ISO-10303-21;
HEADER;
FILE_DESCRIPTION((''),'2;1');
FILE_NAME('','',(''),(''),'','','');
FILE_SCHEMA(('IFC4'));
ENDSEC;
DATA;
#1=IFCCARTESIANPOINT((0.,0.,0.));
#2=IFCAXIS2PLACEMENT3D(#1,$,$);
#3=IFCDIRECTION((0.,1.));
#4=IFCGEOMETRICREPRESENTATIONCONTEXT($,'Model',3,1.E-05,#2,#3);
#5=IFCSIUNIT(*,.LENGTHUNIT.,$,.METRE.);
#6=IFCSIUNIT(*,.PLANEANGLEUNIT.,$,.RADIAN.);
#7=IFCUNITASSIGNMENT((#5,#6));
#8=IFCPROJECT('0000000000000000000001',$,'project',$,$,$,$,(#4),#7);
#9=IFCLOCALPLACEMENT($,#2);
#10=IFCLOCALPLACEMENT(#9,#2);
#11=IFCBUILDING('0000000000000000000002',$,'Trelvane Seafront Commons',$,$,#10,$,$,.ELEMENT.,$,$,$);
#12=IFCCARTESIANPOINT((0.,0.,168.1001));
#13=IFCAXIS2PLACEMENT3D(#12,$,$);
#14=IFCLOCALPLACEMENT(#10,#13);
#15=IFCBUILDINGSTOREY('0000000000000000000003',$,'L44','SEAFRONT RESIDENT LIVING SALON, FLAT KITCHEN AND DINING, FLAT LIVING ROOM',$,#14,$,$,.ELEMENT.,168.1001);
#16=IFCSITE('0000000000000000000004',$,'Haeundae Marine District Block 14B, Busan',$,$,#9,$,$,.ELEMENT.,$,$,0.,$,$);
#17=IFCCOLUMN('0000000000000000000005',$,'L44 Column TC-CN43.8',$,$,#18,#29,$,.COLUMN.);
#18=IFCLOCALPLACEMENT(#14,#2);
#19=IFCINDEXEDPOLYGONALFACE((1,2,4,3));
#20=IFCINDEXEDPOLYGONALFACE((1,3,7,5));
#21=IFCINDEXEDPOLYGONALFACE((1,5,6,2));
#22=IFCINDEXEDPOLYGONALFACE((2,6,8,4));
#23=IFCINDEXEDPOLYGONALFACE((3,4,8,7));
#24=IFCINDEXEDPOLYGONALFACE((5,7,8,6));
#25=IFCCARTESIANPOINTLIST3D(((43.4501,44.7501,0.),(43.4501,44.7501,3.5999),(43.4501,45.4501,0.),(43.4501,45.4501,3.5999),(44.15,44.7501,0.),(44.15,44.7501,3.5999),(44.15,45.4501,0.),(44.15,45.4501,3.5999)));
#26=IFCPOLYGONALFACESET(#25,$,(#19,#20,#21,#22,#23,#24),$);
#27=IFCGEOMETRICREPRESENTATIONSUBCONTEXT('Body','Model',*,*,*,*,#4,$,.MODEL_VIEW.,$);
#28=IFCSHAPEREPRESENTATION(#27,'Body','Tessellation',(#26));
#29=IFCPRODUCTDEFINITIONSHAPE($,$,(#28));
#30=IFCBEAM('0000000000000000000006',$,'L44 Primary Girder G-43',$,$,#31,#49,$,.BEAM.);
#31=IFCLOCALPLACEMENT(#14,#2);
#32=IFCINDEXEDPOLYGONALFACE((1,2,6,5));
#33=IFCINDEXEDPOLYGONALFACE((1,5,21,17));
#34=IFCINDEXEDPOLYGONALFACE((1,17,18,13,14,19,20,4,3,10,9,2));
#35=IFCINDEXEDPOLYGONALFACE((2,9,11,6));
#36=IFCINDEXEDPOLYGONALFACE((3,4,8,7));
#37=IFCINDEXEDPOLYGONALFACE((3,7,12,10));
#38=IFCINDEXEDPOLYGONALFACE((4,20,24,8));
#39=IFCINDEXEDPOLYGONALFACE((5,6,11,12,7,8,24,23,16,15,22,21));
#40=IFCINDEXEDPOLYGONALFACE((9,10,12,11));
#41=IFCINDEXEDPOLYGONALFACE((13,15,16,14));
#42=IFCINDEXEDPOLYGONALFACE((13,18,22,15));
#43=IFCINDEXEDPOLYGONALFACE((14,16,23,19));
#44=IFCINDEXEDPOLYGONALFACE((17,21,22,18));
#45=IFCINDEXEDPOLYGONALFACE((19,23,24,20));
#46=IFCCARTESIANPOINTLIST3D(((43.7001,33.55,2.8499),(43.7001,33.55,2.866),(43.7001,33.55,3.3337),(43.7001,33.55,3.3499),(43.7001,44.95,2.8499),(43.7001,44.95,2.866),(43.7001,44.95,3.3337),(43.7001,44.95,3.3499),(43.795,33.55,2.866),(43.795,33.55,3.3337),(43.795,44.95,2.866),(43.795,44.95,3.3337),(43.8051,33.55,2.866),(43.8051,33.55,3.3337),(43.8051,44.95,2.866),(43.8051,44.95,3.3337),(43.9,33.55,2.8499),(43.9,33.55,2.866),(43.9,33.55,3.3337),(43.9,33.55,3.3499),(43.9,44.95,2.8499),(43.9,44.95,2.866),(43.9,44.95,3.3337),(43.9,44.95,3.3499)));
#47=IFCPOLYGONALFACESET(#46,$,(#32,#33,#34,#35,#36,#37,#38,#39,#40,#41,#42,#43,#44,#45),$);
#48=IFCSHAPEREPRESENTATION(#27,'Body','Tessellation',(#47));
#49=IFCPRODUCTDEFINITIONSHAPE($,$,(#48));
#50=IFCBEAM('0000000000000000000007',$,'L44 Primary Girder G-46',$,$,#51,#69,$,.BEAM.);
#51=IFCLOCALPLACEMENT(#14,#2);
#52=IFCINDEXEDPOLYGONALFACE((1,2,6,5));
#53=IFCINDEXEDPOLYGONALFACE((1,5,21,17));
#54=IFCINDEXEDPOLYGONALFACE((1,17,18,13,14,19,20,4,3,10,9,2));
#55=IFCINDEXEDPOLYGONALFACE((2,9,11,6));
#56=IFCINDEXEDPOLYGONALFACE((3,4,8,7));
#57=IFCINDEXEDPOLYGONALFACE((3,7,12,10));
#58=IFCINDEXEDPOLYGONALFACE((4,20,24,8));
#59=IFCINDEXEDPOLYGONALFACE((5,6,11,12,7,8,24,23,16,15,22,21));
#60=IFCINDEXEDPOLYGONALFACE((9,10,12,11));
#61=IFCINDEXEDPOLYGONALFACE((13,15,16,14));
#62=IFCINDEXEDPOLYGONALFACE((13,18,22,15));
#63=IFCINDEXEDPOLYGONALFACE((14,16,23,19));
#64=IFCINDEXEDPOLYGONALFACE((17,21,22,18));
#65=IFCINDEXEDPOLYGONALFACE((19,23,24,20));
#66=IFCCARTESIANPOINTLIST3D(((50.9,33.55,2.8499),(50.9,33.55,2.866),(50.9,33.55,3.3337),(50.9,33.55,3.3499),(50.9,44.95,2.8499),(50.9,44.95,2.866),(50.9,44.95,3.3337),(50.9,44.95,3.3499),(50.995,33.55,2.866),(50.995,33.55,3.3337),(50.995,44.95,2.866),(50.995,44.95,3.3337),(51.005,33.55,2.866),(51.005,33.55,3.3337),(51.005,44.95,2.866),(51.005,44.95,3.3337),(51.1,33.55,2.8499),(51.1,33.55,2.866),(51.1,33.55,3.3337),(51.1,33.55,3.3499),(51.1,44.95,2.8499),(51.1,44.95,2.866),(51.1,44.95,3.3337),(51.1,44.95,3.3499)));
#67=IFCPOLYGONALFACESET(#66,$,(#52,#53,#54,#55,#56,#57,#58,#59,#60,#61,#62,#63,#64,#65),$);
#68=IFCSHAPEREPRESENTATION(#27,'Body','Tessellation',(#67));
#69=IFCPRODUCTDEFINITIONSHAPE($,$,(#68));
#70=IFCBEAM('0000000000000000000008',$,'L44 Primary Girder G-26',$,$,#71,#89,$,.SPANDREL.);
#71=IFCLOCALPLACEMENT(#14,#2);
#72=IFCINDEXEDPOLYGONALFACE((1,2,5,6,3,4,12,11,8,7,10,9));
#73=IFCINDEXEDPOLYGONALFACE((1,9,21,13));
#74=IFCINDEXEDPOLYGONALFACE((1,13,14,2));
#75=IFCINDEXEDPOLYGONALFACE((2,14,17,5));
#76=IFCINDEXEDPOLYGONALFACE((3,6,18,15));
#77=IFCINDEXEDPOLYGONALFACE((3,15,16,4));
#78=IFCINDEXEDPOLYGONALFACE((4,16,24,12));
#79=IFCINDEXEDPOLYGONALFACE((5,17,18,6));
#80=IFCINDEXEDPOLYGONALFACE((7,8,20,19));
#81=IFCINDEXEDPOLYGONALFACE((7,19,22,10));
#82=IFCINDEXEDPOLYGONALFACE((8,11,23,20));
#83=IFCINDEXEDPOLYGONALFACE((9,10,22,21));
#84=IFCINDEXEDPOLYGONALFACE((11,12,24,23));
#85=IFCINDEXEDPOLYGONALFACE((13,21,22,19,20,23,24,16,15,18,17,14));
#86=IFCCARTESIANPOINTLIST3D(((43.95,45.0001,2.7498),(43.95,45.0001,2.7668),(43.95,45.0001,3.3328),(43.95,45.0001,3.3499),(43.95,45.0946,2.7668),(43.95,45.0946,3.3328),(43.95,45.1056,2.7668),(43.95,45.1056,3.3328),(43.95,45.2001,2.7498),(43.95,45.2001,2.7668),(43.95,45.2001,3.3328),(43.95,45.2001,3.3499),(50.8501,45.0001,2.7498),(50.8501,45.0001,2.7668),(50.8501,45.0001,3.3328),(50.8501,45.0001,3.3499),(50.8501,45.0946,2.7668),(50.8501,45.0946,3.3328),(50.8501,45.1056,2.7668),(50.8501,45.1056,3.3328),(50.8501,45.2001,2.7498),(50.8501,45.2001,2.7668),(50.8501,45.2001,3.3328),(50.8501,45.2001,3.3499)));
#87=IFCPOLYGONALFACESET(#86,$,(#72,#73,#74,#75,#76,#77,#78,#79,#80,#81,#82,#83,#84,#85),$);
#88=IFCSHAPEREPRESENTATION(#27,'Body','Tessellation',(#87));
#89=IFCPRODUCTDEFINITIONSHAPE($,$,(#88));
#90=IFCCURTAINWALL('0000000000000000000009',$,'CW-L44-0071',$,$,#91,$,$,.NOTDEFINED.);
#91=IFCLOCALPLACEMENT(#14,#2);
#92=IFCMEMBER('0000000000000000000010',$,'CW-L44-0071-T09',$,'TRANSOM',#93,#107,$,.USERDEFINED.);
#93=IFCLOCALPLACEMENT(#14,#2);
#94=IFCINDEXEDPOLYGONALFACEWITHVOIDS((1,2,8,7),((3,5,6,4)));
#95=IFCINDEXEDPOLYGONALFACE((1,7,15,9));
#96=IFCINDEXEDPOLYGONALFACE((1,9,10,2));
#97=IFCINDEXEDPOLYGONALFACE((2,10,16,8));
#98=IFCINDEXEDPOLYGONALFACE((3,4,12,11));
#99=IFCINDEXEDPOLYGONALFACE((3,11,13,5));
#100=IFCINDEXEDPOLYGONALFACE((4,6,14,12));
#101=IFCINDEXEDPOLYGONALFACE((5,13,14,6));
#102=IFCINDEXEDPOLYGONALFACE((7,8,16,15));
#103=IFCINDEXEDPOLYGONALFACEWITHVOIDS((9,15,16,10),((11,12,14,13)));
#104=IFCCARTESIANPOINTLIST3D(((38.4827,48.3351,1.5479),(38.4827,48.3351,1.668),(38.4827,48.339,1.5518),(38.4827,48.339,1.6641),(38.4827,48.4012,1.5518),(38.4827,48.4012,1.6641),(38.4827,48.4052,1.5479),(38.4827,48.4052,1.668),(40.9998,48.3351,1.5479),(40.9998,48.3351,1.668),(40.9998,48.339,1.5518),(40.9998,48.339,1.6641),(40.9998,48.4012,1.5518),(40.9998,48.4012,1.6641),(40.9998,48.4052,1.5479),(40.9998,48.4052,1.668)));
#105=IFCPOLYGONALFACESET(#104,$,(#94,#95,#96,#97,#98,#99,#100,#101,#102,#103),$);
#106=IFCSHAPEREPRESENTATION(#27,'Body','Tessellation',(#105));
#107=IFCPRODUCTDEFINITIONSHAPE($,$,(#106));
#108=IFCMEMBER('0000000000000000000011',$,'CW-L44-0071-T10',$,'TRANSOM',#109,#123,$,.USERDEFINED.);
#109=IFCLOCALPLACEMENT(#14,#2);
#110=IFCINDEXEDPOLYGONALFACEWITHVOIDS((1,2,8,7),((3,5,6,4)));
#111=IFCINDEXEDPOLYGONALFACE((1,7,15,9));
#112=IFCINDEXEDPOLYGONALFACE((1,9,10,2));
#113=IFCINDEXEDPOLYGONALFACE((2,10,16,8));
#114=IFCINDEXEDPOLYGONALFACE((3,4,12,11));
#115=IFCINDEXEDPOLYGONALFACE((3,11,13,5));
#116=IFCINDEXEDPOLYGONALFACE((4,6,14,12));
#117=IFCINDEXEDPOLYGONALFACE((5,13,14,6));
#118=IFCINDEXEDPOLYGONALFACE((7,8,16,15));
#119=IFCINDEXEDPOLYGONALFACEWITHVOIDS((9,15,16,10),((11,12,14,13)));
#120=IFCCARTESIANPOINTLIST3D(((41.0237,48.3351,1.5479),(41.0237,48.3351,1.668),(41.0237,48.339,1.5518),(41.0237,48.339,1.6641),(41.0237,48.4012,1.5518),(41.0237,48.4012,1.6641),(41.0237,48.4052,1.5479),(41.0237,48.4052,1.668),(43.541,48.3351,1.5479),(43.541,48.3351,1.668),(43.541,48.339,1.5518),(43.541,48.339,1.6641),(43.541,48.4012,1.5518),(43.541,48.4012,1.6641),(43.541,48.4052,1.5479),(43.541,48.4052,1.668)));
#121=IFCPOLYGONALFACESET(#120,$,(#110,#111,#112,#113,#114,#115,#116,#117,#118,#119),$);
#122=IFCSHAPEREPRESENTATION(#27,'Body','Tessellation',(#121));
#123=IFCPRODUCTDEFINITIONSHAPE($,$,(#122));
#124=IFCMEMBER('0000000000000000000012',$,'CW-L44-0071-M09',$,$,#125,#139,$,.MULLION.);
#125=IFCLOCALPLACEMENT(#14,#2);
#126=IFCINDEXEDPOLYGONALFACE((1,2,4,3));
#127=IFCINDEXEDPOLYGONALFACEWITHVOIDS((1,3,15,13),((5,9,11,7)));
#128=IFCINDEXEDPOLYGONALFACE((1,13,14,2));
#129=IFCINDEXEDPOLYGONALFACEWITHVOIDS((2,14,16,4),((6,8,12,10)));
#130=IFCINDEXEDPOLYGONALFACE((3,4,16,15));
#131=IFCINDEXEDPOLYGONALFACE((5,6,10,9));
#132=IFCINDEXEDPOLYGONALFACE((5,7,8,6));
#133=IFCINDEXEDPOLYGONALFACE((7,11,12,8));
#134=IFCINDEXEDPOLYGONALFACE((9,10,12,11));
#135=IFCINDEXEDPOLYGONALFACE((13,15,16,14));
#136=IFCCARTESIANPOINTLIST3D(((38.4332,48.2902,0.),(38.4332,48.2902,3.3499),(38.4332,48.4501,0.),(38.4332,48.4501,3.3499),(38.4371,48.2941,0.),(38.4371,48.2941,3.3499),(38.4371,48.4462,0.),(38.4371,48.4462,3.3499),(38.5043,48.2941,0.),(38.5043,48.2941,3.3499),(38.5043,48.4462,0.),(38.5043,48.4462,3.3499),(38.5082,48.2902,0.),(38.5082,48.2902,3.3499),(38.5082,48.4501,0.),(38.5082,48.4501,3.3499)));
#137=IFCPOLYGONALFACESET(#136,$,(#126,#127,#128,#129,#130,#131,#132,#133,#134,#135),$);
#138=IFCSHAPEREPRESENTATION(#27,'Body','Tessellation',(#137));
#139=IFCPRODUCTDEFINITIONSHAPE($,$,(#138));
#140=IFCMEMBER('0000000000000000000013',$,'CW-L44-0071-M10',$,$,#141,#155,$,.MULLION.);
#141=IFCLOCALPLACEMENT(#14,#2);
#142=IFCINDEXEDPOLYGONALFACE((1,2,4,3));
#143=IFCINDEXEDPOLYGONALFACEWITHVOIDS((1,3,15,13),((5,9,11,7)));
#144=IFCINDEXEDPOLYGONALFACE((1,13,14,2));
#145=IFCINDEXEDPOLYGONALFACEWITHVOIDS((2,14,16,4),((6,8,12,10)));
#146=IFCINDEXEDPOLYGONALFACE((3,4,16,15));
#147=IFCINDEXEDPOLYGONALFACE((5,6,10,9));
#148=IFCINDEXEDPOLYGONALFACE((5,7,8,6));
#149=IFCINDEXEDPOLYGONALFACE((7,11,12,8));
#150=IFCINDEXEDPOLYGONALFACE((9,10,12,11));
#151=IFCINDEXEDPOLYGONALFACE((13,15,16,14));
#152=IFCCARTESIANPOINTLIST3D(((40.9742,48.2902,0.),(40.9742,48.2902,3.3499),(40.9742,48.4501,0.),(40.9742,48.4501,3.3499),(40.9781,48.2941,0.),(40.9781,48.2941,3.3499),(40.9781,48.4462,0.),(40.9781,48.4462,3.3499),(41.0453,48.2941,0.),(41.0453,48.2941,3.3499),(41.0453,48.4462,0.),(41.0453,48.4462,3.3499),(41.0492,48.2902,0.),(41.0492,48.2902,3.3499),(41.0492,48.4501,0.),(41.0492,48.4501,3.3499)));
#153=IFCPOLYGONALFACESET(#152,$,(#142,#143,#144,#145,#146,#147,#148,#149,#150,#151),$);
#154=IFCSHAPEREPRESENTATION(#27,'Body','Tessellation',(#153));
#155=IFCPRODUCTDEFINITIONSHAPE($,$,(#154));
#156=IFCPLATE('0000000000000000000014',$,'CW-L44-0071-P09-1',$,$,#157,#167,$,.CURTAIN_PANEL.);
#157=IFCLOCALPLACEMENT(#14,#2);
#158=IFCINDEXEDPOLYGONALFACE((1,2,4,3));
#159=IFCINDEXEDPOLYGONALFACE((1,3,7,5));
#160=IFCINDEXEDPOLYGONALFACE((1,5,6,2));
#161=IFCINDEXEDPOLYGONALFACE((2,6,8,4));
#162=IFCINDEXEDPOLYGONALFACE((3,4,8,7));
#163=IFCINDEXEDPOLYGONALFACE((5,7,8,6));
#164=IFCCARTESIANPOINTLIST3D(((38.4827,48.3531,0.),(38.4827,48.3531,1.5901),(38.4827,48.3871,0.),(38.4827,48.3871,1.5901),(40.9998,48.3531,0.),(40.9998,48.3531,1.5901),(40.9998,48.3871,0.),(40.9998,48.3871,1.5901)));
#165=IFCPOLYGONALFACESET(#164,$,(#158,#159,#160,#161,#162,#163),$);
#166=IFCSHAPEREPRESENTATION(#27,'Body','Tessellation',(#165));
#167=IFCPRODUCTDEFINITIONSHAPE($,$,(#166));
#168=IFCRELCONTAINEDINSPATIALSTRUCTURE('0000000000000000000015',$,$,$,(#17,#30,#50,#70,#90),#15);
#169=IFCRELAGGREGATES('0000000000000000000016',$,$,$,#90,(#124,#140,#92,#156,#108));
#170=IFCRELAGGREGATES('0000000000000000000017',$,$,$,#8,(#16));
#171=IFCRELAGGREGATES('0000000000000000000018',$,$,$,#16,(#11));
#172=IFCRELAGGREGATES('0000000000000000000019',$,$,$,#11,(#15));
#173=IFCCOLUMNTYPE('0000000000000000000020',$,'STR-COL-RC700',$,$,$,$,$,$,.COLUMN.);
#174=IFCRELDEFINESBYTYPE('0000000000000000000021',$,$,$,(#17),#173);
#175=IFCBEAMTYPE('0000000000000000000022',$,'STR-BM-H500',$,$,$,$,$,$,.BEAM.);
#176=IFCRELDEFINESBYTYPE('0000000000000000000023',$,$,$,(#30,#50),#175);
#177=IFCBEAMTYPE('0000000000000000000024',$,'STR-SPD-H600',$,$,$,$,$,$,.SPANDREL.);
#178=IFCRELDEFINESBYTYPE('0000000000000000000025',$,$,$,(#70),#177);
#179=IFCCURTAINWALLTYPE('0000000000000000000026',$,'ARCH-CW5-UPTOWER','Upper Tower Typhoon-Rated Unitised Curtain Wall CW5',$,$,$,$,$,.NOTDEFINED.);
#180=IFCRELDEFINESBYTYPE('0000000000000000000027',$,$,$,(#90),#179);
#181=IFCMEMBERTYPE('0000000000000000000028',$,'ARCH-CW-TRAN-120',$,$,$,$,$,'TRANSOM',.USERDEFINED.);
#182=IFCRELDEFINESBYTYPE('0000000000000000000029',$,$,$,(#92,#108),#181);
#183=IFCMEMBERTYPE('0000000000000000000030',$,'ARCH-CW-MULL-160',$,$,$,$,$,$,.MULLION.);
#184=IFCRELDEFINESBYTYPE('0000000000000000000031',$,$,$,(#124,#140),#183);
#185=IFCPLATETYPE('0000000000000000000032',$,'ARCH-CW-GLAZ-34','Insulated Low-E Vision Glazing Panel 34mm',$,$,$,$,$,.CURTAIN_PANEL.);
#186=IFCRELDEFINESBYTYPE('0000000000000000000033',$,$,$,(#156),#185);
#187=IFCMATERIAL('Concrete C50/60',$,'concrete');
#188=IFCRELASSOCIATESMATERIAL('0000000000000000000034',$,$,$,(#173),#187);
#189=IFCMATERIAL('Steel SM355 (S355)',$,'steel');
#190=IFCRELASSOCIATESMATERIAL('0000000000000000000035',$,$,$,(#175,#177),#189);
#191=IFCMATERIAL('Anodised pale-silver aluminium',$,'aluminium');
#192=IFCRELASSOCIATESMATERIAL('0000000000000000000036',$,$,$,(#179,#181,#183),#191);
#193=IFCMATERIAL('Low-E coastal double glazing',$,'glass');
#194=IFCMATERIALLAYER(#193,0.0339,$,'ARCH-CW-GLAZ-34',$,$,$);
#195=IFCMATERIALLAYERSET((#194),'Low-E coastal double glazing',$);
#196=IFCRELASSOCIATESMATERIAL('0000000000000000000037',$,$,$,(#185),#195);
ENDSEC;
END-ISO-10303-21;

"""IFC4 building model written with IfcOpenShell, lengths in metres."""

from ifc_helpers import new_model, si_unit, direction, frame, origin, origin_2d, place, context, subcontext, project, spatial, rectangle, hollow_rectangle, i_section, extrude, source, transform, mapped, material, layer, layer_set, material_profile, profile_set, type_object, element, aggregate, save


model = new_model("IFC4")

# Units and contexts
model_context = context("Model", 3, precision=1e-05, world=origin(), true_north=direction((0.0, 1.0)))
body_context = subcontext(model_context, "Body", "Model", "MODEL_VIEW")
ifc_project = project(units=[si_unit("LENGTHUNIT", "METRE"), si_unit("PLANEANGLEUNIT", "RADIAN")], contexts=[model_context])

# Site, building, storey
site_placement = place(None, origin())
site = spatial("IfcSite", under=ifc_project, at=site_placement, Name="Haeundae Marine District Block 14B, Busan", CompositionType="ELEMENT", RefElevation=0.0)
building_placement = place(site_placement, origin())
building = spatial("IfcBuilding", under=site, at=building_placement, Name="Trelvane Seafront Commons", CompositionType="ELEMENT")
storey_placement = place(building_placement, frame((0.0, 0.0, 168.1001)))
storey = spatial("IfcBuildingStorey", under=building, at=storey_placement, Name="L44", Description="SEAFRONT RESIDENT LIVING SALON, FLAT KITCHEN AND DINING, FLAT LIVING ROOM", CompositionType="ELEMENT", Elevation=168.1001)

# Column
ifc_material_1 = material(Name="Concrete C50/60", Category="concrete")
ifc_material_profile_1 = material_profile(ifc_material_1, rectangle(XDim=0.7, YDim=0.7, at=origin_2d()), Name="RC-700x700")
ifc_profile_set_1 = profile_set([ifc_material_profile_1], Name="Concrete C50/60")
column_type = type_object("IfcColumnType", Name="STR-COL-RC700", PredefinedType="COLUMN", material=ifc_profile_set_1)
shared_shape_1 = source(origin(), body_context, "Body", "SweptSolid", [
    extrude(rectangle(XDim=0.7, YDim=0.7, at=origin_2d()), origin(), (0.0, 0.0, 1.0), 3.5999),
])
column_placement = place(storey_placement, frame((43.8, 45.1001, 0.0), z_axis=(0.0, 0.0, 1.0), x_axis=(1.0, 0.0, 0.0)))
element("IfcColumn", 1, at=column_placement, inside=storey, type_object=column_type, Name="L44 Column TC-CN43.8", PredefinedType="COLUMN", context=body_context, shape_type="MappedRepresentation", body=[
    mapped(shared_shape_1, transform((0.0, 0.0, 0.0), x_axis=(1.0, 0.0, 0.0), y_axis=(0.0, 1.0, 0.0), z_axis=(0.0, 0.0, 1.0), scale=1.0)),
])

# Beams
ifc_material_2 = material(Name="Steel SM355 (S355)", Category="steel")
ifc_material_profile_2 = material_profile(ifc_material_2, i_section(OverallWidth=0.2, OverallDepth=0.5, WebThickness=0.01, FlangeThickness=0.0161, at=origin_2d()), Name="H-500x200x10x16")
ifc_profile_set_2 = profile_set([ifc_material_profile_2], Name="Steel SM355 (S355)")
beam_type_1 = type_object("IfcBeamType", Name="STR-BM-H500", PredefinedType="BEAM", material=ifc_profile_set_2)
shared_shape_2 = source(origin(), body_context, "Body", "SweptSolid", [
    extrude(i_section(OverallWidth=0.2, OverallDepth=0.5, WebThickness=0.01, FlangeThickness=0.0161, at=origin_2d()), origin(), (0.0, 0.0, 1.0), 11.3999),
])
for number, where, z_axis, x_axis, name in (
    (2, (43.8, 33.55, 3.0999), (0.0, 1.0, 0.0), (-1.0, 0.0, 0.0), "L44 Primary Girder G-43"),
    (3, (51.0, 33.55, 3.0999), (0.0, 1.0, 0.0), (-1.0, 0.0, 0.0), "L44 Primary Girder G-46"),
):
    element("IfcBeam", number, at=place(storey_placement, frame(where, z_axis=z_axis, x_axis=x_axis)), inside=storey, type_object=beam_type_1, Name=name, PredefinedType="BEAM", context=body_context, shape_type="MappedRepresentation", body=[
        mapped(shared_shape_2, transform((0.0, 0.0, 0.0), x_axis=(1.0, 0.0, 0.0), y_axis=(0.0, 1.0, 0.0), z_axis=(0.0, 0.0, 1.0), scale=1.0)),
    ])
ifc_material_profile_3 = material_profile(ifc_material_2, i_section(OverallWidth=0.2, OverallDepth=0.6001, WebThickness=0.011, FlangeThickness=0.0171, at=origin_2d()), Name="H-600x200x11x17")
ifc_profile_set_3 = profile_set([ifc_material_profile_3], Name="Steel SM355 (S355)")
beam_type_2 = type_object("IfcBeamType", Name="STR-SPD-H600", PredefinedType="SPANDREL", material=ifc_profile_set_3)
shared_shape_3 = source(origin(), body_context, "Body", "SweptSolid", [
    extrude(i_section(OverallWidth=0.2, OverallDepth=0.6001, WebThickness=0.011, FlangeThickness=0.0171, at=origin_2d()), origin(), (0.0, 0.0, 1.0), 6.9001),
])
beam_placement = place(storey_placement, frame((43.95, 45.1001, 3.0498), z_axis=(1.0, 0.0, 0.0), x_axis=(0.0, 1.0, 0.0)))
element("IfcBeam", 4, at=beam_placement, inside=storey, type_object=beam_type_2, Name="L44 Primary Girder G-26", PredefinedType="SPANDREL", context=body_context, shape_type="MappedRepresentation", body=[
    mapped(shared_shape_3, transform((0.0, 0.0, 0.0), x_axis=(1.0, 0.0, 0.0), y_axis=(0.0, 1.0, 0.0), z_axis=(0.0, 0.0, 1.0), scale=1.0)),
])

# Curtain wall, members, plate
ifc_material_3 = material(Name="Anodised pale-silver aluminium", Category="aluminium")
curtain_wall_type = type_object("IfcCurtainWallType", Name="ARCH-CW5-UPTOWER", Description="Upper Tower Typhoon-Rated Unitised Curtain Wall CW5", PredefinedType="NOTDEFINED", material=ifc_material_3)
curtain_wall_placement = place(storey_placement, origin())
curtain_wall = element("IfcCurtainWall", 5, at=curtain_wall_placement, inside=storey, type_object=curtain_wall_type, Name="CW-L44-0071", PredefinedType="NOTDEFINED")
ifc_material_profile_4 = material_profile(ifc_material_3, hollow_rectangle(XDim=0.0701, YDim=0.1201, WallThickness=0.0039, at=origin_2d()), Name="TRAN-70x120x4")
ifc_profile_set_4 = profile_set([ifc_material_profile_4], Name="Anodised pale-silver aluminium")
member_type_1 = type_object("IfcMemberType", Name="ARCH-CW-TRAN-120", ElementType="TRANSOM", PredefinedType="USERDEFINED", material=ifc_profile_set_4)
shared_shape_4 = source(origin(), body_context, "Body", "SweptSolid", [
    extrude(hollow_rectangle(XDim=0.0701, YDim=0.1201, WallThickness=0.0039, at=origin_2d()), origin(), (0.0, 0.0, 1.0), 2.5171),
])
member_1_placement = place(storey_placement, frame((38.4827, 48.3701, 1.6079), z_axis=(1.0, 0.0, 0.0), x_axis=(0.0, 1.0, 0.0)))
member_1 = element("IfcMember", 6, at=member_1_placement, type_object=member_type_1, Name="CW-L44-0071-T09", ObjectType="TRANSOM", PredefinedType="USERDEFINED", context=body_context, shape_type="MappedRepresentation", body=[
    mapped(shared_shape_4, transform((0.0, 0.0, 0.0), x_axis=(1.0, 0.0, 0.0), y_axis=(0.0, 1.0, 0.0), z_axis=(0.0, 0.0, 1.0), scale=1.0)),
])
shared_shape_5 = source(origin(), body_context, "Body", "SweptSolid", [
    extrude(hollow_rectangle(XDim=0.0701, YDim=0.1201, WallThickness=0.0039, at=origin_2d()), origin(), (0.0, 0.0, 1.0), 2.5173),
])
member_2_placement = place(storey_placement, frame((41.0237, 48.3701, 1.6079), z_axis=(1.0, 0.0, 0.0), x_axis=(0.0, 1.0, 0.0)))
member_2 = element("IfcMember", 7, at=member_2_placement, type_object=member_type_1, Name="CW-L44-0071-T10", ObjectType="TRANSOM", PredefinedType="USERDEFINED", context=body_context, shape_type="MappedRepresentation", body=[
    mapped(shared_shape_5, transform((0.0, 0.0, 0.0), x_axis=(1.0, 0.0, 0.0), y_axis=(0.0, 1.0, 0.0), z_axis=(0.0, 0.0, 1.0), scale=1.0)),
])
ifc_material_profile_5 = material_profile(ifc_material_3, hollow_rectangle(XDim=0.075, YDim=0.1599, WallThickness=0.0039, at=origin_2d()), Name="MULL-75x160x4")
ifc_profile_set_5 = profile_set([ifc_material_profile_5], Name="Anodised pale-silver aluminium")
member_type_2 = type_object("IfcMemberType", Name="ARCH-CW-MULL-160", PredefinedType="MULLION", material=ifc_profile_set_5)
shared_shape_6 = source(origin(), body_context, "Body", "SweptSolid", [
    extrude(hollow_rectangle(XDim=0.075, YDim=0.1599, WallThickness=0.0039, at=origin_2d()), origin(), (0.0, 0.0, 1.0), 3.3499),
])
member_3_placement = place(storey_placement, frame((38.4707, 48.3701, 0.0), z_axis=(0.0, 0.0, 1.0), x_axis=(1.0, 0.0, 0.0)))
member_3 = element("IfcMember", 8, at=member_3_placement, type_object=member_type_2, Name="CW-L44-0071-M09", PredefinedType="MULLION", context=body_context, shape_type="MappedRepresentation", body=[
    mapped(shared_shape_6, transform((0.0, 0.0, 0.0), x_axis=(1.0, 0.0, 0.0), y_axis=(0.0, 1.0, 0.0), z_axis=(0.0, 0.0, 1.0), scale=1.0)),
])
member_4_placement = place(storey_placement, frame((41.0117, 48.3701, 0.0), z_axis=(0.0, 0.0, 1.0), x_axis=(1.0, 0.0, 0.0)))
member_4 = element("IfcMember", 9, at=member_4_placement, type_object=member_type_2, Name="CW-L44-0071-M10", PredefinedType="MULLION", context=body_context, shape_type="MappedRepresentation", body=[
    mapped(shared_shape_6, transform((0.0, 0.0, 0.0), x_axis=(1.0, 0.0, 0.0), y_axis=(0.0, 1.0, 0.0), z_axis=(0.0, 0.0, 1.0), scale=1.0)),
])
ifc_material_4 = material(Name="Low-E coastal double glazing", Category="glass")
ifc_layer_1 = layer(ifc_material_4, 0.0339, Name="ARCH-CW-GLAZ-34")
ifc_layer_set_1 = layer_set([ifc_layer_1], Name="Low-E coastal double glazing")
plate_type = type_object("IfcPlateType", Name="ARCH-CW-GLAZ-34", Description="Insulated Low-E Vision Glazing Panel 34mm", PredefinedType="CURTAIN_PANEL", material=ifc_layer_set_1)
shared_shape_7 = source(origin(), body_context, "Body", "SweptSolid", [
    extrude(rectangle(XDim=2.5171, YDim=0.0339, at=origin_2d()), origin(), (0.0, 0.0, 1.0), 1.5901),
])
plate_1_placement = place(storey_placement, frame((39.7412, 48.3701, 0.0), z_axis=(0.0, 0.0, 1.0), x_axis=(1.0, 0.0, 0.0)))
plate_1 = element("IfcPlate", 10, at=plate_1_placement, type_object=plate_type, Name="CW-L44-0071-P09-1", PredefinedType="CURTAIN_PANEL", context=body_context, shape_type="MappedRepresentation", body=[
    mapped(shared_shape_7, transform((0.0, 0.0, 0.0), x_axis=(1.0, 0.0, 0.0), y_axis=(0.0, 1.0, 0.0), z_axis=(0.0, 0.0, 1.0), scale=1.0)),
])
aggregate(curtain_wall, [member_3, member_4, member_1, plate_1, member_2])

save(model, "model.ifc")
